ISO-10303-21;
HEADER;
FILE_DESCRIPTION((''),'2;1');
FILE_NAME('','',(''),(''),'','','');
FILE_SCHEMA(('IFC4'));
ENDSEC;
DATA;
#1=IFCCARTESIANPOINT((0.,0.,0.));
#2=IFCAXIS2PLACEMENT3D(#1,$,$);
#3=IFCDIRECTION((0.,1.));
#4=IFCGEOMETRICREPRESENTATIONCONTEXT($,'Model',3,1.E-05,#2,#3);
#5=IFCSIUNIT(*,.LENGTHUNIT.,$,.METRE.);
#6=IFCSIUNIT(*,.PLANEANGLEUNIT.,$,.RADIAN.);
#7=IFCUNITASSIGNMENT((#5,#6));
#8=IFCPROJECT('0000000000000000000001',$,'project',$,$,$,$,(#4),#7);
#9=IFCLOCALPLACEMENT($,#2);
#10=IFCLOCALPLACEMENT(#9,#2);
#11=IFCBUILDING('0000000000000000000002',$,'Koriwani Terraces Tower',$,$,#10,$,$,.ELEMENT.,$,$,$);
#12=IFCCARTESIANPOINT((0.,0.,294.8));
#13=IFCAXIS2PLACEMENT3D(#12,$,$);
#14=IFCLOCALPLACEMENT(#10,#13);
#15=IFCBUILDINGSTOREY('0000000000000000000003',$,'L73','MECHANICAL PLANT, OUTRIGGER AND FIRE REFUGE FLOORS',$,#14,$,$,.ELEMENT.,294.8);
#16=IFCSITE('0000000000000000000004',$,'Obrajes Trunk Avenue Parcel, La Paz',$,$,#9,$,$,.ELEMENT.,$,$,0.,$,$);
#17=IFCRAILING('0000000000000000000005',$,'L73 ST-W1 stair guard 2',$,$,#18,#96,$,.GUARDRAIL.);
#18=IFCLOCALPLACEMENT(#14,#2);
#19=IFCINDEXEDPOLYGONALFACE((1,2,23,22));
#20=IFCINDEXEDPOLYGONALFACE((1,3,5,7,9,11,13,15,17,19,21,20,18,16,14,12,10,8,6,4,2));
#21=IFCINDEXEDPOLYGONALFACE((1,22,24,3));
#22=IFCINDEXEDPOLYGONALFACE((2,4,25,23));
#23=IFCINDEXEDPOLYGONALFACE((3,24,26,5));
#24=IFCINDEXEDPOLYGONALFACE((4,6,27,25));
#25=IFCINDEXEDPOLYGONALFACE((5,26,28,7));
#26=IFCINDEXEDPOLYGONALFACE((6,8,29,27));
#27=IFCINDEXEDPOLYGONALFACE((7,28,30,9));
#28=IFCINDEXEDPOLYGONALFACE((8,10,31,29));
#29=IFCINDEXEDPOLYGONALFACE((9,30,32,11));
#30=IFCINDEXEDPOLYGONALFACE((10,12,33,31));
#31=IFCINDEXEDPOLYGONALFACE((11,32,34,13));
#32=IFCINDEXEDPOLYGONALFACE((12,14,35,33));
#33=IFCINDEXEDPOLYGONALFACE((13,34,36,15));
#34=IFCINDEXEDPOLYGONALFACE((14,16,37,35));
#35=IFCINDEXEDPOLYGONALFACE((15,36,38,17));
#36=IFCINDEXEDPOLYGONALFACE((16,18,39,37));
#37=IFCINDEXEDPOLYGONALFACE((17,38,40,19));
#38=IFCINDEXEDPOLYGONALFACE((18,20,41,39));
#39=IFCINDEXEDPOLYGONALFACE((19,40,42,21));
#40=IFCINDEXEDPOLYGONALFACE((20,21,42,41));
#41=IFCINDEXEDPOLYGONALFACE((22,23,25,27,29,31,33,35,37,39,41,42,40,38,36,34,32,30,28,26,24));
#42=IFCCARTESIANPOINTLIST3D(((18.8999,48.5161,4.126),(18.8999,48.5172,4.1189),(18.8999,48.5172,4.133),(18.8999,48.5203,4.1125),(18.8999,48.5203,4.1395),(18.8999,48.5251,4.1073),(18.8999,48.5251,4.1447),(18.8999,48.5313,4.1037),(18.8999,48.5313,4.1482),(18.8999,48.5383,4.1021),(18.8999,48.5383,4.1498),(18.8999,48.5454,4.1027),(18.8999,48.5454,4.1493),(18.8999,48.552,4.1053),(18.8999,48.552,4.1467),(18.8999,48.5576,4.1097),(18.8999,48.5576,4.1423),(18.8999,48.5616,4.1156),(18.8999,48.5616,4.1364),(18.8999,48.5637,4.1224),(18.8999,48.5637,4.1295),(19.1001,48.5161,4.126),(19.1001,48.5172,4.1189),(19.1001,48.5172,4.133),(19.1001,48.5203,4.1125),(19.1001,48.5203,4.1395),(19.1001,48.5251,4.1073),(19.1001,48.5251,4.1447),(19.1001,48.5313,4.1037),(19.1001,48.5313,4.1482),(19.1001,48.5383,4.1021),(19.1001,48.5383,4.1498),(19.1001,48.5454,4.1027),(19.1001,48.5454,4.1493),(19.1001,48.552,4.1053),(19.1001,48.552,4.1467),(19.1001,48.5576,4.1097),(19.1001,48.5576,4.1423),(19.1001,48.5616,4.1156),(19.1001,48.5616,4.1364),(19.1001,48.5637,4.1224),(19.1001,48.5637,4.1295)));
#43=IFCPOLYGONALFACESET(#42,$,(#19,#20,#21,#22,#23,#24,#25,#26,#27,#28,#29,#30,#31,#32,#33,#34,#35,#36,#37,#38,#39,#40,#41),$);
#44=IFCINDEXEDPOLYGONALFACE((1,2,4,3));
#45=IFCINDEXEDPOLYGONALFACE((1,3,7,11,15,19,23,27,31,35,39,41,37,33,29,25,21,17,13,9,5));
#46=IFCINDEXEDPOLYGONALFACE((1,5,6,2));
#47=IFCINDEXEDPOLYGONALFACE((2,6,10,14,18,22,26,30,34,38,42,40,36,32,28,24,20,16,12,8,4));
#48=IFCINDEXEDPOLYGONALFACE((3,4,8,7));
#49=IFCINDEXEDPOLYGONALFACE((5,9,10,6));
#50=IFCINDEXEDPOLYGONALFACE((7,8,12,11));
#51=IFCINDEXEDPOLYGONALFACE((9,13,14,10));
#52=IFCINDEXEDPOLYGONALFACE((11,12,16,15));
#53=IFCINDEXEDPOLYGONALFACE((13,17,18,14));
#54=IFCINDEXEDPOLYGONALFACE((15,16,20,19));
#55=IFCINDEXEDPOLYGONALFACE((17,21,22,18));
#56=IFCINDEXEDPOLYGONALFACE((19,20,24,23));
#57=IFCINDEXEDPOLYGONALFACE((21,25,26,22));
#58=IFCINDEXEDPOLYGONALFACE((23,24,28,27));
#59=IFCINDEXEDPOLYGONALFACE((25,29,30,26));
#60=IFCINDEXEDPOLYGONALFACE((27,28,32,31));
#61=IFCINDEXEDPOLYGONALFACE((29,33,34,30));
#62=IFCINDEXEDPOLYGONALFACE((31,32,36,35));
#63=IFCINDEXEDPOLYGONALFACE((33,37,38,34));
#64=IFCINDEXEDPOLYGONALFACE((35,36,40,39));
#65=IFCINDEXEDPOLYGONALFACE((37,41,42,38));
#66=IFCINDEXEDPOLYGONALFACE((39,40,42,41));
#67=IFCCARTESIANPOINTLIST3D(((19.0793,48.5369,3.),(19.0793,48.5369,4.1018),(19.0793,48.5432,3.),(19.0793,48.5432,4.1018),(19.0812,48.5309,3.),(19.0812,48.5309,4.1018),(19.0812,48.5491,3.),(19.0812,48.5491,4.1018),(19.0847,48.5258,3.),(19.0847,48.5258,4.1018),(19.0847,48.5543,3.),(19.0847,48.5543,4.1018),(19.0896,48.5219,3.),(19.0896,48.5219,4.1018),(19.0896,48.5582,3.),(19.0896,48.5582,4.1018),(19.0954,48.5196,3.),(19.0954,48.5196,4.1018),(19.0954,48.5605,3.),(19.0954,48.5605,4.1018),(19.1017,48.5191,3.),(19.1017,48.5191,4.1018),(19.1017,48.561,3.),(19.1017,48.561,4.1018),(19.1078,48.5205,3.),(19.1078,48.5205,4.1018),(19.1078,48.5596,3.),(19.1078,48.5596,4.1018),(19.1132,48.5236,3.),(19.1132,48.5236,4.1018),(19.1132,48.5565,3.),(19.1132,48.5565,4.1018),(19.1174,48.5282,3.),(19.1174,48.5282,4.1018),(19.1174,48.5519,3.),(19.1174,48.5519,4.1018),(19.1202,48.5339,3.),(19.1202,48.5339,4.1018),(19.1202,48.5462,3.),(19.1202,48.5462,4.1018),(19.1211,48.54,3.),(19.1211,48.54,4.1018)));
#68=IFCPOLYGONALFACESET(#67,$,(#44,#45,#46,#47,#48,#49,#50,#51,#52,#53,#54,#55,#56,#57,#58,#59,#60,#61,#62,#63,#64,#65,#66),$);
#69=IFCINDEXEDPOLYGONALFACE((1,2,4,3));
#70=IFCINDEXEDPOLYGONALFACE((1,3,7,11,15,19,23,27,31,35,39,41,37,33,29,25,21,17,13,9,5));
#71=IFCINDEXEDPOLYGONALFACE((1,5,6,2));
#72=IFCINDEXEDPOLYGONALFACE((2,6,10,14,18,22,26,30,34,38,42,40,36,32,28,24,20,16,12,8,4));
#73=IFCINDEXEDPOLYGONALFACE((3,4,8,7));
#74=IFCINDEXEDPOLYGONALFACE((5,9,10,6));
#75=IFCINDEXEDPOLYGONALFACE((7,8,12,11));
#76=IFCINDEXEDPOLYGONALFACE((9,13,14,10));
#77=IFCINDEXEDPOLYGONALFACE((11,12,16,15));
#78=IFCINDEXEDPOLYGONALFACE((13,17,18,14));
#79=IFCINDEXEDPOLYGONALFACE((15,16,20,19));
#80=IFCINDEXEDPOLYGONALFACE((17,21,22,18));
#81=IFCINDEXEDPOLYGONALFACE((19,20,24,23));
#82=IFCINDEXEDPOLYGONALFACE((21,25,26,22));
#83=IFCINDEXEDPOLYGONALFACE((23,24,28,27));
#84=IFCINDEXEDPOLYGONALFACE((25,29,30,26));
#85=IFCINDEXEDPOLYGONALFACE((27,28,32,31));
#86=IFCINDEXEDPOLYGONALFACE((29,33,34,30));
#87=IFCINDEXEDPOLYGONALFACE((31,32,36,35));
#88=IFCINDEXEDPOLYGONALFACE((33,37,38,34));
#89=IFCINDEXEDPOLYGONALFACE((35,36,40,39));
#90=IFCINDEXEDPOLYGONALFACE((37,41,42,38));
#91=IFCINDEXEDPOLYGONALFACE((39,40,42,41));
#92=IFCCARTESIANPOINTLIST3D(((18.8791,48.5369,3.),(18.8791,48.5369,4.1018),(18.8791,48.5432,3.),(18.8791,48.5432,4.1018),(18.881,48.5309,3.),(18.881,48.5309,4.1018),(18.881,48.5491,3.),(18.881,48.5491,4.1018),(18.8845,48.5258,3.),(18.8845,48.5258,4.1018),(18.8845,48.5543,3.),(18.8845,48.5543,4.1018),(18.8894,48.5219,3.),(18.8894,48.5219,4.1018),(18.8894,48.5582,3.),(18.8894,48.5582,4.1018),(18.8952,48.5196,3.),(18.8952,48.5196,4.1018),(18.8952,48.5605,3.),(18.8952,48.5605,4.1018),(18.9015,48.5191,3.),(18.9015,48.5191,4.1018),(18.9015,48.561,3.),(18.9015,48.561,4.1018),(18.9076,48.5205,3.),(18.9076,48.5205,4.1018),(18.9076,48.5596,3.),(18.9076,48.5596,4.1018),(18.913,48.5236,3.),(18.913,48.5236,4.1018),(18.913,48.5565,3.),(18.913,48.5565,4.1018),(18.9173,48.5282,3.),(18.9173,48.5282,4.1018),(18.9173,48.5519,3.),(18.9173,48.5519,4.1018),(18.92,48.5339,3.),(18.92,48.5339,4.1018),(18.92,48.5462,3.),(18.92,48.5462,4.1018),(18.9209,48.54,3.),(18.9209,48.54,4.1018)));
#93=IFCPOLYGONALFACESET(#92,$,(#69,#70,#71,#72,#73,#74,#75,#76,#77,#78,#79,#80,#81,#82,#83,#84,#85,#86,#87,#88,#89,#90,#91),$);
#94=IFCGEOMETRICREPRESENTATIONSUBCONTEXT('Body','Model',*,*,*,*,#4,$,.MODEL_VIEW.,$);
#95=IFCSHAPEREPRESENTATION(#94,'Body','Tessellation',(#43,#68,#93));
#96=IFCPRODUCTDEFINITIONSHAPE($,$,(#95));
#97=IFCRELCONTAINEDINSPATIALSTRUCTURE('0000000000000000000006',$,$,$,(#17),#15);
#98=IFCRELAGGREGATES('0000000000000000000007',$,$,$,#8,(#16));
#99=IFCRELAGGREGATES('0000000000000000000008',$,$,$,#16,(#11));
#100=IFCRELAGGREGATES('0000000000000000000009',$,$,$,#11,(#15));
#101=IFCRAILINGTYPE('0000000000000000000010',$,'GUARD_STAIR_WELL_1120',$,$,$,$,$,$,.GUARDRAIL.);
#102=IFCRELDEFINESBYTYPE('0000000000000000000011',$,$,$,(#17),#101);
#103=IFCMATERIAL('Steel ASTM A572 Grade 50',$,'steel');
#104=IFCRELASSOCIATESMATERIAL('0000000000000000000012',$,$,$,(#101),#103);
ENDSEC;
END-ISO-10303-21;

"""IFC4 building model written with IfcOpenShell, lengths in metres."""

from ifc_helpers import new_model, si_unit, direction, frame, origin, origin_2d, place, context, subcontext, project, spatial, circle, extrude, material, type_object, element, save


model = new_model("IFC4")

# Units and contexts
model_context = context("Model", 3, precision=1e-05, world=origin(), true_north=direction((0.0, 1.0)))
body_context = subcontext(model_context, "Body", "Model", "MODEL_VIEW")
ifc_project = project(units=[si_unit("LENGTHUNIT", "METRE"), si_unit("PLANEANGLEUNIT", "RADIAN")], contexts=[model_context])

# Site, building, storey
site_placement = place(None, origin())
site = spatial("IfcSite", under=ifc_project, at=site_placement, Name="Obrajes Trunk Avenue Parcel, La Paz", CompositionType="ELEMENT", RefElevation=0.0)
building_placement = place(site_placement, origin())
building = spatial("IfcBuilding", under=site, at=building_placement, Name="Koriwani Terraces Tower", CompositionType="ELEMENT")
storey_placement = place(building_placement, frame((0.0, 0.0, 294.8)))
storey = spatial("IfcBuildingStorey", under=building, at=storey_placement, Name="L73", Description="MECHANICAL PLANT, OUTRIGGER AND FIRE REFUGE FLOORS", CompositionType="ELEMENT", Elevation=294.8)

# Shared definitions
ifc_material_1 = material(Name="Steel ASTM A572 Grade 50", Category="steel")

# Railing
railing_type_1 = type_object("IfcRailingType", Name="GUARD_STAIR_WELL_1120", PredefinedType="GUARDRAIL", material=ifc_material_1)
railing_1_placement = place(storey_placement, frame((19.1001, 48.54, 3.0)))
element("IfcRailing", 1, at=railing_1_placement, inside=storey, type_object=railing_type_1, Name="L73 ST-W1 stair guard 2", PredefinedType="GUARDRAIL", context=body_context, shape_type="SweptSolid", body=[
    extrude(circle(Radius=0.0239, at=origin_2d()), frame((0.0, 0.0, 1.126), z_axis=(-1.0, 0.0, 0.0), x_axis=(0.0, -1.0, 0.0)), (0.0, 0.0, 1.0), 0.2002),
    extrude(circle(Radius=0.021, at=origin_2d()), origin(), (0.0, 0.0, 1.0), 1.1018),
    extrude(circle(Radius=0.021, at=origin_2d()), frame((-0.2002, 0.0, 0.0)), (0.0, 0.0, 1.0), 1.1018),
])

save(model, "model.ifc")
